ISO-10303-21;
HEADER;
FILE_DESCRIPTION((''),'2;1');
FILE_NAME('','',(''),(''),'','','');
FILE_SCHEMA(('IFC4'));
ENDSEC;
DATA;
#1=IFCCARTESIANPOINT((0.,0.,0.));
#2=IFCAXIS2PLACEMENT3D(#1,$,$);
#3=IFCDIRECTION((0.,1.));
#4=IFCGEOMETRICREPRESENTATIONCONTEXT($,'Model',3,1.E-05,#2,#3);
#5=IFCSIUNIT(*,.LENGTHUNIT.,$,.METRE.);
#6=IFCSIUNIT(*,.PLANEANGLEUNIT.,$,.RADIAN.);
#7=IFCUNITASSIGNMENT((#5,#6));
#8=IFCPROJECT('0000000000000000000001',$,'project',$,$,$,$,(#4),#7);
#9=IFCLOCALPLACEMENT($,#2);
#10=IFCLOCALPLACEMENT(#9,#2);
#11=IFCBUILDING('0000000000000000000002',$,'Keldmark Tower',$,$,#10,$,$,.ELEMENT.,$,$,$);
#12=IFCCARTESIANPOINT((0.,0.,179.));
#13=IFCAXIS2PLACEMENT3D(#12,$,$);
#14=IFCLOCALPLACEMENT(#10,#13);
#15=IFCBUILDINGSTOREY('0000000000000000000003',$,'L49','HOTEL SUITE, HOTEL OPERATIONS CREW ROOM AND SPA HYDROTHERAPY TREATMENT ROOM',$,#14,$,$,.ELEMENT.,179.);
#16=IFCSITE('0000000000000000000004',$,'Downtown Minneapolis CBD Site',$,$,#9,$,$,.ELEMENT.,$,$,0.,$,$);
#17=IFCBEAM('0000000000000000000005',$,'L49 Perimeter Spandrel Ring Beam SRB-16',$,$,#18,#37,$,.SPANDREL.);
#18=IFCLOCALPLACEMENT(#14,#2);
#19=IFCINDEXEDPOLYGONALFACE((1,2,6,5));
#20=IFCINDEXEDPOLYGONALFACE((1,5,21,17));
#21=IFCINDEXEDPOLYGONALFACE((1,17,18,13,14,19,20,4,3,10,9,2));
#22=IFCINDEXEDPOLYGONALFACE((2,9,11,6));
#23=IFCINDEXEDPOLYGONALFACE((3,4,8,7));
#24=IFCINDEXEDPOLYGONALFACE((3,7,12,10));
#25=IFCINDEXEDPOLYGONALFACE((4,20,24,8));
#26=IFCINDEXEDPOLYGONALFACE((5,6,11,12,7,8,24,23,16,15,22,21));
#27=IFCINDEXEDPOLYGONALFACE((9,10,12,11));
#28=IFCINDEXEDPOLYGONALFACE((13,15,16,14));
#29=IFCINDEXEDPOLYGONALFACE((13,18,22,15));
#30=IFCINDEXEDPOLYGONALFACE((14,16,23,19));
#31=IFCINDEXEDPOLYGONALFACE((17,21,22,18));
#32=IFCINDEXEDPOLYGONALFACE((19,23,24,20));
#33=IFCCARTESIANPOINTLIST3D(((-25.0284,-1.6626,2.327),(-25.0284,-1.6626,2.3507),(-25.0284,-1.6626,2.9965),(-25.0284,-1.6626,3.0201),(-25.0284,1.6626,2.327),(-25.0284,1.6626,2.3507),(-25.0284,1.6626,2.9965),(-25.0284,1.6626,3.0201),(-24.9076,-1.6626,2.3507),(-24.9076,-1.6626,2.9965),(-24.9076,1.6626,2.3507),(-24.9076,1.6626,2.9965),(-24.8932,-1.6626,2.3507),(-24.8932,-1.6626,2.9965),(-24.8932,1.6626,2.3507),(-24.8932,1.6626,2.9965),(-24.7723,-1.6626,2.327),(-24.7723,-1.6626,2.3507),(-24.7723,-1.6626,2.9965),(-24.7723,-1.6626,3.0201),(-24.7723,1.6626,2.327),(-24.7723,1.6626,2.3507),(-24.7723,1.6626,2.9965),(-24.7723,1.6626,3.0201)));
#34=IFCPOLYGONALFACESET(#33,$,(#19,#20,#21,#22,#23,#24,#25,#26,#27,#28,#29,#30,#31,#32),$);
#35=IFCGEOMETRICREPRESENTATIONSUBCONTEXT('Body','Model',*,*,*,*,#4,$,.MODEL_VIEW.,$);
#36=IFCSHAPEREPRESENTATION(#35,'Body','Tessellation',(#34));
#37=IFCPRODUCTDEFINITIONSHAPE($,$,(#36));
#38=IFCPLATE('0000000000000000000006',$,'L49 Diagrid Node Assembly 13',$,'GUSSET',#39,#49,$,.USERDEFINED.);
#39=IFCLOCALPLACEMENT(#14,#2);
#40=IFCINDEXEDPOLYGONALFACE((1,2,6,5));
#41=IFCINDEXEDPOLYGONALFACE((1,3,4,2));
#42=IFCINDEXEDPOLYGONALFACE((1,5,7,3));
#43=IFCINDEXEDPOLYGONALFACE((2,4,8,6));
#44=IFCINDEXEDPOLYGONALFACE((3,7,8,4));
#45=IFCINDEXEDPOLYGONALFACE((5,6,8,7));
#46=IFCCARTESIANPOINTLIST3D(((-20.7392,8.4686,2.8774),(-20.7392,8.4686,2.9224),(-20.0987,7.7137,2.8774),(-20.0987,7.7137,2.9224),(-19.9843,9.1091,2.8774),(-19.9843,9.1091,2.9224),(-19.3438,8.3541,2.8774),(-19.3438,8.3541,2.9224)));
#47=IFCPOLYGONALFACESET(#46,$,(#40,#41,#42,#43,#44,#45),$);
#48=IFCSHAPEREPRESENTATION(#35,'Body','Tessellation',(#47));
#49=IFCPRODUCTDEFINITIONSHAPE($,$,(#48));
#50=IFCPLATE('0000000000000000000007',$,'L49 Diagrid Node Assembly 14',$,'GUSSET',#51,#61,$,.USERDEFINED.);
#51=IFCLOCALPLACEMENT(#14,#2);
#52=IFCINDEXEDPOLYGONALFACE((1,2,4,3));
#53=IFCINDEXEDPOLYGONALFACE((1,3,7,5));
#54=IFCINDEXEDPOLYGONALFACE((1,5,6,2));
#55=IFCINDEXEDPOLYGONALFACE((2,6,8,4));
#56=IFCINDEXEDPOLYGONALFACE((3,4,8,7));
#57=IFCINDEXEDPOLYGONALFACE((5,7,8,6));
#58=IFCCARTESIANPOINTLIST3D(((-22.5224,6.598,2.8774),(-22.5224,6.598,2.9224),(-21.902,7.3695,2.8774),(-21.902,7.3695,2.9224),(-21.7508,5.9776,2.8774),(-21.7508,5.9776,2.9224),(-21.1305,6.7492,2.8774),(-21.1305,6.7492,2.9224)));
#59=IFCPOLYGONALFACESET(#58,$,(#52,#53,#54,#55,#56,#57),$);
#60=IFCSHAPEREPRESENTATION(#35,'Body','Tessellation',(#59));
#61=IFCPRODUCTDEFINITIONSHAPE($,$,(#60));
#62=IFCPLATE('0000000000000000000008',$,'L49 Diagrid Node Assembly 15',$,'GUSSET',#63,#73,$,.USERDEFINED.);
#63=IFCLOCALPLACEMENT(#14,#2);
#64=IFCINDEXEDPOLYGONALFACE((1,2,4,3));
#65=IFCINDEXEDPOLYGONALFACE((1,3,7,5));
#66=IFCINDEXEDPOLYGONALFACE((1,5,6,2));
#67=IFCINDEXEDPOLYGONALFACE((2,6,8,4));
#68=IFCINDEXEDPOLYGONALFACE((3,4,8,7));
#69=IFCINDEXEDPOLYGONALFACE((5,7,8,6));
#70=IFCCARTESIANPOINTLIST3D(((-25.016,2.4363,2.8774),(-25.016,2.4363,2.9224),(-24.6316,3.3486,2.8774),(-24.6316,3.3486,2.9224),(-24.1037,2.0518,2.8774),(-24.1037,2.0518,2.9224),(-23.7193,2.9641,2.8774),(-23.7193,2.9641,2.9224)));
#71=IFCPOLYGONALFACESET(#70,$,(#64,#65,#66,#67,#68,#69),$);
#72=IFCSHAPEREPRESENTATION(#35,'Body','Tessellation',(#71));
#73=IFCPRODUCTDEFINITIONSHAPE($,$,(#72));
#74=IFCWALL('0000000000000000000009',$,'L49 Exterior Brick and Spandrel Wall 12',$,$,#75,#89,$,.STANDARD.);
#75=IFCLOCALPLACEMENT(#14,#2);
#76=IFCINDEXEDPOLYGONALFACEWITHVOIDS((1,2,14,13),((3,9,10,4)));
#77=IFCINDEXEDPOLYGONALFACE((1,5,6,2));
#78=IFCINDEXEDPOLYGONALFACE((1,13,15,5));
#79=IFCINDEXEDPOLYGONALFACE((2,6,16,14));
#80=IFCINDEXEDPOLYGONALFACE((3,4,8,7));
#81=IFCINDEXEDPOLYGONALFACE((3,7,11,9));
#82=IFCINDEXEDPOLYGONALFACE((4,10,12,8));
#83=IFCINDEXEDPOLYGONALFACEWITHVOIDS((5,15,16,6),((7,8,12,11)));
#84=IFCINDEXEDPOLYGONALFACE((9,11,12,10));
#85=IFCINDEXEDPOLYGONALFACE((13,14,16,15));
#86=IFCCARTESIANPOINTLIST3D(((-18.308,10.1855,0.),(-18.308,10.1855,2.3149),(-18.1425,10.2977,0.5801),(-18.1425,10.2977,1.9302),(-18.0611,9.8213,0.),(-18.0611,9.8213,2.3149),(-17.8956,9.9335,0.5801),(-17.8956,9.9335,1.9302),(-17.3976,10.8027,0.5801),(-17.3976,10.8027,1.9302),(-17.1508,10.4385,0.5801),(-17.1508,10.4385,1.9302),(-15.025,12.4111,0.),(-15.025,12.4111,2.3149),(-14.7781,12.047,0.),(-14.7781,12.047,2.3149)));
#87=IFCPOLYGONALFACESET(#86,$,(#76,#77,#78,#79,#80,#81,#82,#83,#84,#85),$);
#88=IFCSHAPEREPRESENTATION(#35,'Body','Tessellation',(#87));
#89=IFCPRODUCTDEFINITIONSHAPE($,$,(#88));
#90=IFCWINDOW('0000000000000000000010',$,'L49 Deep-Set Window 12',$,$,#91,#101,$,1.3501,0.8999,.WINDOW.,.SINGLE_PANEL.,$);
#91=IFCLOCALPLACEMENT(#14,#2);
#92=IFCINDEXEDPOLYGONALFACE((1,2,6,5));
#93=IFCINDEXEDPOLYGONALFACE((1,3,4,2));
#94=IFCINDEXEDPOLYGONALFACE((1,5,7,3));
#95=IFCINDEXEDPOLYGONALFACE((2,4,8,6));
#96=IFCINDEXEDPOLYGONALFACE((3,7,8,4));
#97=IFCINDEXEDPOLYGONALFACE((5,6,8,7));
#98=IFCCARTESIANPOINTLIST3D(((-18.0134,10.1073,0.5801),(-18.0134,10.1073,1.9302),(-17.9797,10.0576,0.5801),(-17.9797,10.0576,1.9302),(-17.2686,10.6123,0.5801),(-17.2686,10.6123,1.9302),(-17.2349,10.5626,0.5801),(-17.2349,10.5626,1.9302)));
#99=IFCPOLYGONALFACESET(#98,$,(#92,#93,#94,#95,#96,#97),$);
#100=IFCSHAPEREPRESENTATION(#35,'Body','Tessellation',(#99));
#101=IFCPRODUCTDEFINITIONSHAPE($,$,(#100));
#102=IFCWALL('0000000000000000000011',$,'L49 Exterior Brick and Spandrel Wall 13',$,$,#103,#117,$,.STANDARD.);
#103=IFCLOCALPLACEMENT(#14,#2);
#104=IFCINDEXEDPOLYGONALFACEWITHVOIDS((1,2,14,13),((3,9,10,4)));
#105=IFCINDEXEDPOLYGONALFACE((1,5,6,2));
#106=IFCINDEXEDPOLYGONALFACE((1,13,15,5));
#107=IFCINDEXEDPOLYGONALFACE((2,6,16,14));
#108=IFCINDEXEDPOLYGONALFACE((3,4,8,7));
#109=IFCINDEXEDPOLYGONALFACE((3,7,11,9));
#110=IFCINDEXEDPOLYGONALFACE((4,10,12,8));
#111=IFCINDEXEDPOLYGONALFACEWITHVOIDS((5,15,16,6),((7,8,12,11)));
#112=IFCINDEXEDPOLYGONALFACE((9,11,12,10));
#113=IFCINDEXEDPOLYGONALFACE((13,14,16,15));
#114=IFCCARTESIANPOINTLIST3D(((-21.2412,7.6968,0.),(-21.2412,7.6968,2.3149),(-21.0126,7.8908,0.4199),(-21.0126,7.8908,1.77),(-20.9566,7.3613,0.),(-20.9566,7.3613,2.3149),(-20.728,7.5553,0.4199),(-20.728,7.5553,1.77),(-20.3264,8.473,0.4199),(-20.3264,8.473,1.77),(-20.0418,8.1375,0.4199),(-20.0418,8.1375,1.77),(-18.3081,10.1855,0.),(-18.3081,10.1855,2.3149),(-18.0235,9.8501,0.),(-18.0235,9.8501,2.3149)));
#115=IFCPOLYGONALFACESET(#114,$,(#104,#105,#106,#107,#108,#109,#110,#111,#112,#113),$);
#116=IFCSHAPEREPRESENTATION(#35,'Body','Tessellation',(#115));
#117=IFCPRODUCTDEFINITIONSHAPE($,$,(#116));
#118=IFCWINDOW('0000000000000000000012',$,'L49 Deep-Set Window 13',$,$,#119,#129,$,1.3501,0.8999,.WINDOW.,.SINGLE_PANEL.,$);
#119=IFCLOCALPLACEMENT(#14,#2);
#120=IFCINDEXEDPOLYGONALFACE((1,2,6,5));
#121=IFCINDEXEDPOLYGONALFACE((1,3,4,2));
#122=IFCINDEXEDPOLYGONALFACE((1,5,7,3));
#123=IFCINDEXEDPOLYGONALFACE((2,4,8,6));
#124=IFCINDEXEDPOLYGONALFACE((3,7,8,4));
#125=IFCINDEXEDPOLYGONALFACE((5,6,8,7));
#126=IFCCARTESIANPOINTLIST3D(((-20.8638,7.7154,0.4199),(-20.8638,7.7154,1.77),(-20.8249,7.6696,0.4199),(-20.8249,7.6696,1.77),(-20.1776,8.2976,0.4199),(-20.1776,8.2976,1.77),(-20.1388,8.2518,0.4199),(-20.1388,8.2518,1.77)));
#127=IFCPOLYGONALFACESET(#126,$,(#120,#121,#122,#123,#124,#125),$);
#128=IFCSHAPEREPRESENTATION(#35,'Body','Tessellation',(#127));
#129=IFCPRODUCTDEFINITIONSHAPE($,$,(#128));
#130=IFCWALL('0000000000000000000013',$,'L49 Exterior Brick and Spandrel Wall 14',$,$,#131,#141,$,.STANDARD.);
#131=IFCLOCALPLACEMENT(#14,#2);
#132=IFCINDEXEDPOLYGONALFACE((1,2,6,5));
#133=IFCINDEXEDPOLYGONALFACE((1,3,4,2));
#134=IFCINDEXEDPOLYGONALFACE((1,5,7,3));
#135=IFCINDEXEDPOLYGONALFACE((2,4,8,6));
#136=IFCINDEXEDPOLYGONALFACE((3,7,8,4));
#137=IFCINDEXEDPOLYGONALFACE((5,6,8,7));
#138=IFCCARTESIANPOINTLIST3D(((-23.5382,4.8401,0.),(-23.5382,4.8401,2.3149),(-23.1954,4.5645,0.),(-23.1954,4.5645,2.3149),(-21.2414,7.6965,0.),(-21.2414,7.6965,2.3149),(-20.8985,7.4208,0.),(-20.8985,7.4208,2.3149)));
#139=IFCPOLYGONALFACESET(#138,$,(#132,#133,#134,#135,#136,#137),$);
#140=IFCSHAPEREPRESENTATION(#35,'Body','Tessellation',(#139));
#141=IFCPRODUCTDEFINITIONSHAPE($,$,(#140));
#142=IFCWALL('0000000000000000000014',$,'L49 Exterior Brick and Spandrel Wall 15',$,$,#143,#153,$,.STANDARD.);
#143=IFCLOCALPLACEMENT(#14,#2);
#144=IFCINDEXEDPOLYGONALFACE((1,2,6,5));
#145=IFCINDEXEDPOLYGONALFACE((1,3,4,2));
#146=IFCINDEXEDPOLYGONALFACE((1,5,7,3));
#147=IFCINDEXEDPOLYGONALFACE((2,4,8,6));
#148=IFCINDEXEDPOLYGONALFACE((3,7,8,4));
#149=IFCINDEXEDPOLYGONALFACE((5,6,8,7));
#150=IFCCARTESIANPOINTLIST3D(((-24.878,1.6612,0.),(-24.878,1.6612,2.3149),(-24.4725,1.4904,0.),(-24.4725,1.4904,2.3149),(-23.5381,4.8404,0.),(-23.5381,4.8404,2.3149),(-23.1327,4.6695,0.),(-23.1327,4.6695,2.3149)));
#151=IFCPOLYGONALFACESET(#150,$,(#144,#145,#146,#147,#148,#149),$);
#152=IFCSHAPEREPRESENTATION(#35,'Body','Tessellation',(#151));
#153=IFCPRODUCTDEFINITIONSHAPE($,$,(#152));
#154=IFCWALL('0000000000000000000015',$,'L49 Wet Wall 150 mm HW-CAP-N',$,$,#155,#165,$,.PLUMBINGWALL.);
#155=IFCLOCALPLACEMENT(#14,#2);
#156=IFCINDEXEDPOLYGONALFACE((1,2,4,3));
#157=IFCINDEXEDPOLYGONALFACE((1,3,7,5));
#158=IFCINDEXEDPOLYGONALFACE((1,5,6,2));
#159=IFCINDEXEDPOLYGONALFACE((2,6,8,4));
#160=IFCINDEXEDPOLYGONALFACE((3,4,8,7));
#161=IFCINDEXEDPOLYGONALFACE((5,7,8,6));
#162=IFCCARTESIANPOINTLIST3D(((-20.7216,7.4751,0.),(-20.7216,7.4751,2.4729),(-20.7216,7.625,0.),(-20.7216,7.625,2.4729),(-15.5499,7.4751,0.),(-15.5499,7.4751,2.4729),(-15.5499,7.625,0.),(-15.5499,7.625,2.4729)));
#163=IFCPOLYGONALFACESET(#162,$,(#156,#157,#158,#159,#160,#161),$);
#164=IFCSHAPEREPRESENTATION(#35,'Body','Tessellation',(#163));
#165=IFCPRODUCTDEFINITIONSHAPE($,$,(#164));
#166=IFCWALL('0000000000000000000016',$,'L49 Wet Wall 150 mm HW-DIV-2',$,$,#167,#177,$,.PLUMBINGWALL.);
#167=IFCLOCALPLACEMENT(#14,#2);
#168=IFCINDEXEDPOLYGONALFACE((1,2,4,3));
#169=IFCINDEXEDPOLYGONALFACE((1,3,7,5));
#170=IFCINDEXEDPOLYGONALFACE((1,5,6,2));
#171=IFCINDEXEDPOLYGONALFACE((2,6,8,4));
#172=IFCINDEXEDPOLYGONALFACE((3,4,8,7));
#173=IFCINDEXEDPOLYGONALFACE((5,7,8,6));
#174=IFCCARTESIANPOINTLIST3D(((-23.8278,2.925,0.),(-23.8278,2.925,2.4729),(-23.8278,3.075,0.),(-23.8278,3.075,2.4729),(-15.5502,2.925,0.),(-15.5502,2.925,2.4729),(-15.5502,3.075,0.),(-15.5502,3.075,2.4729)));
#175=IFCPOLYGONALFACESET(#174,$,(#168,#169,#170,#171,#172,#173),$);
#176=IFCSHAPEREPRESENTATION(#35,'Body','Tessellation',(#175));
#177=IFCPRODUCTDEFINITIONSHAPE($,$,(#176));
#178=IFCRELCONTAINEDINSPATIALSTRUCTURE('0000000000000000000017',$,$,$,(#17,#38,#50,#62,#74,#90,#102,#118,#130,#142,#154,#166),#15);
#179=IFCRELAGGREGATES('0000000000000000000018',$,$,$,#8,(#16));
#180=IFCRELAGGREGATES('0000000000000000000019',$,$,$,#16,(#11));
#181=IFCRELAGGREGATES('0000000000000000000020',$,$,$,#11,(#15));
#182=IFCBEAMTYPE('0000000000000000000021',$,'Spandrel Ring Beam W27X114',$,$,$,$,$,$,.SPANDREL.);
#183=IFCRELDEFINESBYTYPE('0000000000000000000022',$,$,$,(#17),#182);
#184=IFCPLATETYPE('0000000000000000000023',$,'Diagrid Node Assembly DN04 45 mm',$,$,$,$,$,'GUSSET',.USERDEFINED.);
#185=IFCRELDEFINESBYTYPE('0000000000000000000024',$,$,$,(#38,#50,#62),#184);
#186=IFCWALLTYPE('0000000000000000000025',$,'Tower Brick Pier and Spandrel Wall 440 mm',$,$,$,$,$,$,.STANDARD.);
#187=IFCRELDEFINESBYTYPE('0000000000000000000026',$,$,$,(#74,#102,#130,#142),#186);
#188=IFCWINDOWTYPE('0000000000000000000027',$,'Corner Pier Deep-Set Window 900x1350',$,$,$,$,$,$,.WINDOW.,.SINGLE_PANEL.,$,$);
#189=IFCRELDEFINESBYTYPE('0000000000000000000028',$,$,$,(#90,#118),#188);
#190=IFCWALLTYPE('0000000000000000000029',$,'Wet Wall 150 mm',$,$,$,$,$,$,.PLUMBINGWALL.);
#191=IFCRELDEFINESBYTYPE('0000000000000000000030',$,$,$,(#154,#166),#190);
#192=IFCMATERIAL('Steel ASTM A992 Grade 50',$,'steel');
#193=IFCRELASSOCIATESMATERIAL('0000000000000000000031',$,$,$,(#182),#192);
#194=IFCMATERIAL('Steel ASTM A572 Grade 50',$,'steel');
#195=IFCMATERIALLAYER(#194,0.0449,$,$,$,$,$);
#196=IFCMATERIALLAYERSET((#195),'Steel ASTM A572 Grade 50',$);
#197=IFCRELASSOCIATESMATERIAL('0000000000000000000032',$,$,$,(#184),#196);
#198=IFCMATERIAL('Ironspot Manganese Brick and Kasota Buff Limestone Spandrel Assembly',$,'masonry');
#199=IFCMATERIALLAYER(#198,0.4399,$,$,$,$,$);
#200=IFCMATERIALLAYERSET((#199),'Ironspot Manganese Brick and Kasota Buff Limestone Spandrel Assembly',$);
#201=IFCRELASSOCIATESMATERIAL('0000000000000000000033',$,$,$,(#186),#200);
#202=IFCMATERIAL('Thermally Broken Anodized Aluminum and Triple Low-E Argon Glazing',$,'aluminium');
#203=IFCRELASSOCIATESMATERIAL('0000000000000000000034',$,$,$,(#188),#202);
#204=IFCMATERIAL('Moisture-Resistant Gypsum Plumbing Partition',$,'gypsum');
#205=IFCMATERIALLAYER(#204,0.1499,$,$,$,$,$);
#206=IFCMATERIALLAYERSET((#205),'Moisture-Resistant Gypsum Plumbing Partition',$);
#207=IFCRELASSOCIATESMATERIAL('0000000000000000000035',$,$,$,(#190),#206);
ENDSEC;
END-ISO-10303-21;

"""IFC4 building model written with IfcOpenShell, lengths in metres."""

from ifc_helpers import new_model, si_unit, direction, frame, frame_2d, origin, origin_2d, place, context, subcontext, project, spatial, rectangle, i_section, extrude, material, layer, layer_set, material_profile, profile_set, type_object, element, fill, save


model = new_model("IFC4")

# Units and contexts
model_context = context("Model", 3, precision=1e-05, world=origin(), true_north=direction((0.0, 1.0)))
body_context = subcontext(model_context, "Body", "Model", "MODEL_VIEW")
ifc_project = project(units=[si_unit("LENGTHUNIT", "METRE"), si_unit("PLANEANGLEUNIT", "RADIAN")], contexts=[model_context])

# Site, building, storey
site_placement = place(None, origin())
site = spatial("IfcSite", under=ifc_project, at=site_placement, Name="Downtown Minneapolis CBD Site", CompositionType="ELEMENT", RefElevation=0.0)
building_placement = place(site_placement, origin())
building = spatial("IfcBuilding", under=site, at=building_placement, Name="Keldmark Tower", CompositionType="ELEMENT")
storey_placement = place(building_placement, frame((0.0, 0.0, 179.0)))
storey = spatial("IfcBuildingStorey", under=building, at=storey_placement, Name="L49", Description="HOTEL SUITE, HOTEL OPERATIONS CREW ROOM AND SPA HYDROTHERAPY TREATMENT ROOM", CompositionType="ELEMENT", Elevation=179.0)

# Beam
ifc_material_1 = material(Name="Steel ASTM A992 Grade 50", Category="steel")
ifc_material_profile_1 = material_profile(ifc_material_1, i_section(OverallWidth=0.2561, OverallDepth=0.6931, WebThickness=0.0144, FlangeThickness=0.0237, at=origin_2d()), Name="W27X114")
ifc_profile_set_1 = profile_set([ifc_material_profile_1], Name="Steel ASTM A992 Grade 50")
beam_type_1 = type_object("IfcBeamType", Name="Spandrel Ring Beam W27X114", PredefinedType="SPANDREL", material=ifc_profile_set_1)
beam_1_placement = place(storey_placement, frame((-24.9004, 1.6626, 2.6736), z_axis=(0.0, -1.0, 0.0), x_axis=(1.0, 0.0, 0.0)))
element("IfcBeam", 1, at=beam_1_placement, inside=storey, type_object=beam_type_1, Name="L49 Perimeter Spandrel Ring Beam SRB-16", PredefinedType="SPANDREL", context=body_context, shape_type="SweptSolid", body=[
    extrude(i_section(OverallWidth=0.2561, OverallDepth=0.6931, WebThickness=0.0144, FlangeThickness=0.0237, at=origin_2d()), origin(), (0.0, 0.0, 1.0), 3.3252),
])

# Plates
ifc_material_2 = material(Name="Steel ASTM A572 Grade 50", Category="steel")
ifc_layer_1 = layer(ifc_material_2, 0.0449)
ifc_layer_set_1 = layer_set([ifc_layer_1], Name="Steel ASTM A572 Grade 50")
plate_type = type_object("IfcPlateType", Name="Diagrid Node Assembly DN04 45 mm", ElementType="GUSSET", PredefinedType="USERDEFINED", material=ifc_layer_set_1)
for number, where, z_axis, x_axis, name in (
    (2, (-20.0415, 8.4114, 2.8774), (0.0, 0.0, 1.0), (-0.762555, -0.646923, 0.0), "L49 Diagrid Node Assembly 13"),
    (3, (-21.8264, 6.6736, 2.8774), (0.0, 0.0, 1.0), (-0.626604, -0.779338, 0.0), "L49 Diagrid Node Assembly 14"),
    (4, (-24.3677, 2.7002, 2.8774), (0.0, 0.0, 1.0), (-0.38832, -0.921525, 0.0), "L49 Diagrid Node Assembly 15"),
):
    element("IfcPlate", number, at=place(storey_placement, frame(where, z_axis=z_axis, x_axis=x_axis)), inside=storey, type_object=plate_type, Name=name, ObjectType="GUSSET", PredefinedType="USERDEFINED", context=body_context, shape_type="SweptSolid", body=[
        extrude(rectangle(XDim=0.99, YDim=0.99, at=origin_2d()), origin(), (0.0, 0.0, 1.0), 0.0449),
    ])

# Walls, openings, windows
ifc_material_3 = material(Name="Ironspot Manganese Brick and Kasota Buff Limestone Spandrel Assembly", Category="masonry")
ifc_layer_2 = layer(ifc_material_3, 0.4399)
ifc_layer_set_2 = layer_set([ifc_layer_2], Name="Ironspot Manganese Brick and Kasota Buff Limestone Spandrel Assembly")
wall_type_1 = type_object("IfcWallType", Name="Tower Brick Pier and Spandrel Wall 440 mm", PredefinedType="STANDARD", material=ifc_layer_set_2)
wall_1_placement = place(storey_placement, frame((-18.1846, 10.0034, 0.0), z_axis=(0.0, 0.0, 1.0), x_axis=(0.827726, 0.561133, 0.0)))
wall_1 = element("IfcWall", 5, at=wall_1_placement, inside=storey, type_object=wall_type_1, Name="L49 Exterior Brick and Spandrel Wall 12", PredefinedType="STANDARD", context=body_context, shape_type="SweptSolid", body=[
    extrude(rectangle(XDim=3.9663, YDim=0.4399, at=frame_2d((1.9832, 0.0))), origin(), (0.0, 0.0, 1.0), 2.3149),
])
opening_1_placement = place(wall_1_placement, frame((0.2, 0.0, 0.5801)))
opening_1 = element("IfcOpeningElement", 6, at=opening_1_placement, cuts=wall_1, PredefinedType="OPENING", context=body_context, shape_type="SweptSolid", body=[
    extrude(rectangle(XDim=0.8999, YDim=1.3501, at=frame_2d((0.45, 0.675))), frame((0.0, 0.23, 0.0), z_axis=(0.0, -1.0, 0.0), x_axis=(1.0, 0.0, 0.0)), (0.0, 0.0, 1.0), 0.46),
])
ifc_material_4 = material(Name="Thermally Broken Anodized Aluminum and Triple Low-E Argon Glazing", Category="aluminium")
window_type = type_object("IfcWindowType", Name="Corner Pier Deep-Set Window 900x1350", PartitioningType="SINGLE_PANEL", PredefinedType="WINDOW", material=ifc_material_4)
window_1_placement = place(opening_1_placement, origin())
window_1 = element("IfcWindow", 7, at=window_1_placement, inside=storey, type_object=window_type, Name="L49 Deep-Set Window 12", OverallHeight=1.3501, OverallWidth=0.8999, PartitioningType="SINGLE_PANEL", PredefinedType="WINDOW", context=body_context, shape_type="SweptSolid", body=[
    extrude(rectangle(XDim=0.8999, YDim=1.3501, at=frame_2d((0.45, 0.675))), frame((0.0, -0.01, 0.0), z_axis=(0.0, -1.0, 0.0), x_axis=(1.0, 0.0, 0.0)), (0.0, 0.0, 1.0), 0.0601),
])
fill(opening_1, window_1)
wall_2_placement = place(storey_placement, frame((-21.0989, 7.5291, 0.0), z_axis=(0.0, 0.0, 1.0), x_axis=(0.7625, 0.646989, 0.0)))
wall_2 = element("IfcWall", 8, at=wall_2_placement, inside=storey, type_object=wall_type_1, Name="L49 Exterior Brick and Spandrel Wall 13", PredefinedType="STANDARD", context=body_context, shape_type="SweptSolid", body=[
    extrude(rectangle(XDim=3.8467, YDim=0.4399, at=frame_2d((1.9233, 0.0))), origin(), (0.0, 0.0, 1.0), 2.3149),
])
opening_2_placement = place(wall_2_placement, frame((0.2998, 0.0, 0.4199)))
opening_2 = element("IfcOpeningElement", 9, at=opening_2_placement, cuts=wall_2, PredefinedType="OPENING", context=body_context, shape_type="SweptSolid", body=[
    extrude(rectangle(XDim=0.8999, YDim=1.3501, at=frame_2d((0.45, 0.675))), frame((0.0, 0.23, 0.0), z_axis=(0.0, -1.0, 0.0), x_axis=(1.0, 0.0, 0.0)), (0.0, 0.0, 1.0), 0.46),
])
window_2_placement = place(opening_2_placement, origin())
window_2 = element("IfcWindow", 10, at=window_2_placement, inside=storey, type_object=window_type, Name="L49 Deep-Set Window 13", OverallHeight=1.3501, OverallWidth=0.8999, PartitioningType="SINGLE_PANEL", PredefinedType="WINDOW", context=body_context, shape_type="SweptSolid", body=[
    extrude(rectangle(XDim=0.8999, YDim=1.3501, at=frame_2d((0.45, 0.675))), frame((0.0, -0.01, 0.0), z_axis=(0.0, -1.0, 0.0), x_axis=(1.0, 0.0, 0.0)), (0.0, 0.0, 1.0), 0.0601),
])
fill(opening_2, window_2)

# Walls
wall_3_placement = place(storey_placement, frame((-23.3667, 4.7024, 0.0), z_axis=(0.0, 0.0, 1.0), x_axis=(0.626643, 0.779307, 0.0)))
element("IfcWall", 11, at=wall_3_placement, inside=storey, type_object=wall_type_1, Name="L49 Exterior Brick and Spandrel Wall 14", PredefinedType="STANDARD", context=body_context, shape_type="SweptSolid", body=[
    extrude(rectangle(XDim=3.6653, YDim=0.4399, at=frame_2d((1.8325, 0.0))), origin(), (0.0, 0.0, 1.0), 2.3149),
])
wall_4_placement = place(storey_placement, frame((-24.6753, 1.5757, 0.0), z_axis=(0.0, 0.0, 1.0), x_axis=(0.388361, 0.921507, 0.0)))
element("IfcWall", 12, at=wall_4_placement, inside=storey, type_object=wall_type_1, Name="L49 Exterior Brick and Spandrel Wall 15", PredefinedType="STANDARD", context=body_context, shape_type="SweptSolid", body=[
    extrude(rectangle(XDim=3.45, YDim=0.4399, at=frame_2d((1.7251, 0.0))), origin(), (0.0, 0.0, 1.0), 2.3149),
])
ifc_material_5 = material(Name="Moisture-Resistant Gypsum Plumbing Partition", Category="gypsum")
ifc_layer_3 = layer(ifc_material_5, 0.1499)
ifc_layer_set_3 = layer_set([ifc_layer_3], Name="Moisture-Resistant Gypsum Plumbing Partition")
wall_type_2 = type_object("IfcWallType", Name="Wet Wall 150 mm", PredefinedType="PLUMBINGWALL", material=ifc_layer_set_3)
wall_5_placement = place(storey_placement, frame((-20.7217, 7.55, 0.0), z_axis=(0.0, 0.0, 1.0), x_axis=(1.0, 0.0, 0.0)))
element("IfcWall", 13, at=wall_5_placement, inside=storey, type_object=wall_type_2, Name="L49 Wet Wall 150 mm HW-CAP-N", PredefinedType="PLUMBINGWALL", context=body_context, shape_type="SweptSolid", body=[
    extrude(rectangle(XDim=5.1716, YDim=0.1499, at=frame_2d((2.5859, 0.0))), origin(), (0.0, 0.0, 1.0), 2.4729),
])
wall_6_placement = place(storey_placement, frame((-23.8276, 3.0, 0.0), z_axis=(0.0, 0.0, 1.0), x_axis=(1.0, 0.0, 0.0)))
element("IfcWall", 14, at=wall_6_placement, inside=storey, type_object=wall_type_2, Name="L49 Wet Wall 150 mm HW-DIV-2", PredefinedType="PLUMBINGWALL", context=body_context, shape_type="SweptSolid", body=[
    extrude(rectangle(XDim=8.2776, YDim=0.1499, at=frame_2d((4.1387, 0.0))), origin(), (0.0, 0.0, 1.0), 2.4729),
])

save(model, "model.ifc")
